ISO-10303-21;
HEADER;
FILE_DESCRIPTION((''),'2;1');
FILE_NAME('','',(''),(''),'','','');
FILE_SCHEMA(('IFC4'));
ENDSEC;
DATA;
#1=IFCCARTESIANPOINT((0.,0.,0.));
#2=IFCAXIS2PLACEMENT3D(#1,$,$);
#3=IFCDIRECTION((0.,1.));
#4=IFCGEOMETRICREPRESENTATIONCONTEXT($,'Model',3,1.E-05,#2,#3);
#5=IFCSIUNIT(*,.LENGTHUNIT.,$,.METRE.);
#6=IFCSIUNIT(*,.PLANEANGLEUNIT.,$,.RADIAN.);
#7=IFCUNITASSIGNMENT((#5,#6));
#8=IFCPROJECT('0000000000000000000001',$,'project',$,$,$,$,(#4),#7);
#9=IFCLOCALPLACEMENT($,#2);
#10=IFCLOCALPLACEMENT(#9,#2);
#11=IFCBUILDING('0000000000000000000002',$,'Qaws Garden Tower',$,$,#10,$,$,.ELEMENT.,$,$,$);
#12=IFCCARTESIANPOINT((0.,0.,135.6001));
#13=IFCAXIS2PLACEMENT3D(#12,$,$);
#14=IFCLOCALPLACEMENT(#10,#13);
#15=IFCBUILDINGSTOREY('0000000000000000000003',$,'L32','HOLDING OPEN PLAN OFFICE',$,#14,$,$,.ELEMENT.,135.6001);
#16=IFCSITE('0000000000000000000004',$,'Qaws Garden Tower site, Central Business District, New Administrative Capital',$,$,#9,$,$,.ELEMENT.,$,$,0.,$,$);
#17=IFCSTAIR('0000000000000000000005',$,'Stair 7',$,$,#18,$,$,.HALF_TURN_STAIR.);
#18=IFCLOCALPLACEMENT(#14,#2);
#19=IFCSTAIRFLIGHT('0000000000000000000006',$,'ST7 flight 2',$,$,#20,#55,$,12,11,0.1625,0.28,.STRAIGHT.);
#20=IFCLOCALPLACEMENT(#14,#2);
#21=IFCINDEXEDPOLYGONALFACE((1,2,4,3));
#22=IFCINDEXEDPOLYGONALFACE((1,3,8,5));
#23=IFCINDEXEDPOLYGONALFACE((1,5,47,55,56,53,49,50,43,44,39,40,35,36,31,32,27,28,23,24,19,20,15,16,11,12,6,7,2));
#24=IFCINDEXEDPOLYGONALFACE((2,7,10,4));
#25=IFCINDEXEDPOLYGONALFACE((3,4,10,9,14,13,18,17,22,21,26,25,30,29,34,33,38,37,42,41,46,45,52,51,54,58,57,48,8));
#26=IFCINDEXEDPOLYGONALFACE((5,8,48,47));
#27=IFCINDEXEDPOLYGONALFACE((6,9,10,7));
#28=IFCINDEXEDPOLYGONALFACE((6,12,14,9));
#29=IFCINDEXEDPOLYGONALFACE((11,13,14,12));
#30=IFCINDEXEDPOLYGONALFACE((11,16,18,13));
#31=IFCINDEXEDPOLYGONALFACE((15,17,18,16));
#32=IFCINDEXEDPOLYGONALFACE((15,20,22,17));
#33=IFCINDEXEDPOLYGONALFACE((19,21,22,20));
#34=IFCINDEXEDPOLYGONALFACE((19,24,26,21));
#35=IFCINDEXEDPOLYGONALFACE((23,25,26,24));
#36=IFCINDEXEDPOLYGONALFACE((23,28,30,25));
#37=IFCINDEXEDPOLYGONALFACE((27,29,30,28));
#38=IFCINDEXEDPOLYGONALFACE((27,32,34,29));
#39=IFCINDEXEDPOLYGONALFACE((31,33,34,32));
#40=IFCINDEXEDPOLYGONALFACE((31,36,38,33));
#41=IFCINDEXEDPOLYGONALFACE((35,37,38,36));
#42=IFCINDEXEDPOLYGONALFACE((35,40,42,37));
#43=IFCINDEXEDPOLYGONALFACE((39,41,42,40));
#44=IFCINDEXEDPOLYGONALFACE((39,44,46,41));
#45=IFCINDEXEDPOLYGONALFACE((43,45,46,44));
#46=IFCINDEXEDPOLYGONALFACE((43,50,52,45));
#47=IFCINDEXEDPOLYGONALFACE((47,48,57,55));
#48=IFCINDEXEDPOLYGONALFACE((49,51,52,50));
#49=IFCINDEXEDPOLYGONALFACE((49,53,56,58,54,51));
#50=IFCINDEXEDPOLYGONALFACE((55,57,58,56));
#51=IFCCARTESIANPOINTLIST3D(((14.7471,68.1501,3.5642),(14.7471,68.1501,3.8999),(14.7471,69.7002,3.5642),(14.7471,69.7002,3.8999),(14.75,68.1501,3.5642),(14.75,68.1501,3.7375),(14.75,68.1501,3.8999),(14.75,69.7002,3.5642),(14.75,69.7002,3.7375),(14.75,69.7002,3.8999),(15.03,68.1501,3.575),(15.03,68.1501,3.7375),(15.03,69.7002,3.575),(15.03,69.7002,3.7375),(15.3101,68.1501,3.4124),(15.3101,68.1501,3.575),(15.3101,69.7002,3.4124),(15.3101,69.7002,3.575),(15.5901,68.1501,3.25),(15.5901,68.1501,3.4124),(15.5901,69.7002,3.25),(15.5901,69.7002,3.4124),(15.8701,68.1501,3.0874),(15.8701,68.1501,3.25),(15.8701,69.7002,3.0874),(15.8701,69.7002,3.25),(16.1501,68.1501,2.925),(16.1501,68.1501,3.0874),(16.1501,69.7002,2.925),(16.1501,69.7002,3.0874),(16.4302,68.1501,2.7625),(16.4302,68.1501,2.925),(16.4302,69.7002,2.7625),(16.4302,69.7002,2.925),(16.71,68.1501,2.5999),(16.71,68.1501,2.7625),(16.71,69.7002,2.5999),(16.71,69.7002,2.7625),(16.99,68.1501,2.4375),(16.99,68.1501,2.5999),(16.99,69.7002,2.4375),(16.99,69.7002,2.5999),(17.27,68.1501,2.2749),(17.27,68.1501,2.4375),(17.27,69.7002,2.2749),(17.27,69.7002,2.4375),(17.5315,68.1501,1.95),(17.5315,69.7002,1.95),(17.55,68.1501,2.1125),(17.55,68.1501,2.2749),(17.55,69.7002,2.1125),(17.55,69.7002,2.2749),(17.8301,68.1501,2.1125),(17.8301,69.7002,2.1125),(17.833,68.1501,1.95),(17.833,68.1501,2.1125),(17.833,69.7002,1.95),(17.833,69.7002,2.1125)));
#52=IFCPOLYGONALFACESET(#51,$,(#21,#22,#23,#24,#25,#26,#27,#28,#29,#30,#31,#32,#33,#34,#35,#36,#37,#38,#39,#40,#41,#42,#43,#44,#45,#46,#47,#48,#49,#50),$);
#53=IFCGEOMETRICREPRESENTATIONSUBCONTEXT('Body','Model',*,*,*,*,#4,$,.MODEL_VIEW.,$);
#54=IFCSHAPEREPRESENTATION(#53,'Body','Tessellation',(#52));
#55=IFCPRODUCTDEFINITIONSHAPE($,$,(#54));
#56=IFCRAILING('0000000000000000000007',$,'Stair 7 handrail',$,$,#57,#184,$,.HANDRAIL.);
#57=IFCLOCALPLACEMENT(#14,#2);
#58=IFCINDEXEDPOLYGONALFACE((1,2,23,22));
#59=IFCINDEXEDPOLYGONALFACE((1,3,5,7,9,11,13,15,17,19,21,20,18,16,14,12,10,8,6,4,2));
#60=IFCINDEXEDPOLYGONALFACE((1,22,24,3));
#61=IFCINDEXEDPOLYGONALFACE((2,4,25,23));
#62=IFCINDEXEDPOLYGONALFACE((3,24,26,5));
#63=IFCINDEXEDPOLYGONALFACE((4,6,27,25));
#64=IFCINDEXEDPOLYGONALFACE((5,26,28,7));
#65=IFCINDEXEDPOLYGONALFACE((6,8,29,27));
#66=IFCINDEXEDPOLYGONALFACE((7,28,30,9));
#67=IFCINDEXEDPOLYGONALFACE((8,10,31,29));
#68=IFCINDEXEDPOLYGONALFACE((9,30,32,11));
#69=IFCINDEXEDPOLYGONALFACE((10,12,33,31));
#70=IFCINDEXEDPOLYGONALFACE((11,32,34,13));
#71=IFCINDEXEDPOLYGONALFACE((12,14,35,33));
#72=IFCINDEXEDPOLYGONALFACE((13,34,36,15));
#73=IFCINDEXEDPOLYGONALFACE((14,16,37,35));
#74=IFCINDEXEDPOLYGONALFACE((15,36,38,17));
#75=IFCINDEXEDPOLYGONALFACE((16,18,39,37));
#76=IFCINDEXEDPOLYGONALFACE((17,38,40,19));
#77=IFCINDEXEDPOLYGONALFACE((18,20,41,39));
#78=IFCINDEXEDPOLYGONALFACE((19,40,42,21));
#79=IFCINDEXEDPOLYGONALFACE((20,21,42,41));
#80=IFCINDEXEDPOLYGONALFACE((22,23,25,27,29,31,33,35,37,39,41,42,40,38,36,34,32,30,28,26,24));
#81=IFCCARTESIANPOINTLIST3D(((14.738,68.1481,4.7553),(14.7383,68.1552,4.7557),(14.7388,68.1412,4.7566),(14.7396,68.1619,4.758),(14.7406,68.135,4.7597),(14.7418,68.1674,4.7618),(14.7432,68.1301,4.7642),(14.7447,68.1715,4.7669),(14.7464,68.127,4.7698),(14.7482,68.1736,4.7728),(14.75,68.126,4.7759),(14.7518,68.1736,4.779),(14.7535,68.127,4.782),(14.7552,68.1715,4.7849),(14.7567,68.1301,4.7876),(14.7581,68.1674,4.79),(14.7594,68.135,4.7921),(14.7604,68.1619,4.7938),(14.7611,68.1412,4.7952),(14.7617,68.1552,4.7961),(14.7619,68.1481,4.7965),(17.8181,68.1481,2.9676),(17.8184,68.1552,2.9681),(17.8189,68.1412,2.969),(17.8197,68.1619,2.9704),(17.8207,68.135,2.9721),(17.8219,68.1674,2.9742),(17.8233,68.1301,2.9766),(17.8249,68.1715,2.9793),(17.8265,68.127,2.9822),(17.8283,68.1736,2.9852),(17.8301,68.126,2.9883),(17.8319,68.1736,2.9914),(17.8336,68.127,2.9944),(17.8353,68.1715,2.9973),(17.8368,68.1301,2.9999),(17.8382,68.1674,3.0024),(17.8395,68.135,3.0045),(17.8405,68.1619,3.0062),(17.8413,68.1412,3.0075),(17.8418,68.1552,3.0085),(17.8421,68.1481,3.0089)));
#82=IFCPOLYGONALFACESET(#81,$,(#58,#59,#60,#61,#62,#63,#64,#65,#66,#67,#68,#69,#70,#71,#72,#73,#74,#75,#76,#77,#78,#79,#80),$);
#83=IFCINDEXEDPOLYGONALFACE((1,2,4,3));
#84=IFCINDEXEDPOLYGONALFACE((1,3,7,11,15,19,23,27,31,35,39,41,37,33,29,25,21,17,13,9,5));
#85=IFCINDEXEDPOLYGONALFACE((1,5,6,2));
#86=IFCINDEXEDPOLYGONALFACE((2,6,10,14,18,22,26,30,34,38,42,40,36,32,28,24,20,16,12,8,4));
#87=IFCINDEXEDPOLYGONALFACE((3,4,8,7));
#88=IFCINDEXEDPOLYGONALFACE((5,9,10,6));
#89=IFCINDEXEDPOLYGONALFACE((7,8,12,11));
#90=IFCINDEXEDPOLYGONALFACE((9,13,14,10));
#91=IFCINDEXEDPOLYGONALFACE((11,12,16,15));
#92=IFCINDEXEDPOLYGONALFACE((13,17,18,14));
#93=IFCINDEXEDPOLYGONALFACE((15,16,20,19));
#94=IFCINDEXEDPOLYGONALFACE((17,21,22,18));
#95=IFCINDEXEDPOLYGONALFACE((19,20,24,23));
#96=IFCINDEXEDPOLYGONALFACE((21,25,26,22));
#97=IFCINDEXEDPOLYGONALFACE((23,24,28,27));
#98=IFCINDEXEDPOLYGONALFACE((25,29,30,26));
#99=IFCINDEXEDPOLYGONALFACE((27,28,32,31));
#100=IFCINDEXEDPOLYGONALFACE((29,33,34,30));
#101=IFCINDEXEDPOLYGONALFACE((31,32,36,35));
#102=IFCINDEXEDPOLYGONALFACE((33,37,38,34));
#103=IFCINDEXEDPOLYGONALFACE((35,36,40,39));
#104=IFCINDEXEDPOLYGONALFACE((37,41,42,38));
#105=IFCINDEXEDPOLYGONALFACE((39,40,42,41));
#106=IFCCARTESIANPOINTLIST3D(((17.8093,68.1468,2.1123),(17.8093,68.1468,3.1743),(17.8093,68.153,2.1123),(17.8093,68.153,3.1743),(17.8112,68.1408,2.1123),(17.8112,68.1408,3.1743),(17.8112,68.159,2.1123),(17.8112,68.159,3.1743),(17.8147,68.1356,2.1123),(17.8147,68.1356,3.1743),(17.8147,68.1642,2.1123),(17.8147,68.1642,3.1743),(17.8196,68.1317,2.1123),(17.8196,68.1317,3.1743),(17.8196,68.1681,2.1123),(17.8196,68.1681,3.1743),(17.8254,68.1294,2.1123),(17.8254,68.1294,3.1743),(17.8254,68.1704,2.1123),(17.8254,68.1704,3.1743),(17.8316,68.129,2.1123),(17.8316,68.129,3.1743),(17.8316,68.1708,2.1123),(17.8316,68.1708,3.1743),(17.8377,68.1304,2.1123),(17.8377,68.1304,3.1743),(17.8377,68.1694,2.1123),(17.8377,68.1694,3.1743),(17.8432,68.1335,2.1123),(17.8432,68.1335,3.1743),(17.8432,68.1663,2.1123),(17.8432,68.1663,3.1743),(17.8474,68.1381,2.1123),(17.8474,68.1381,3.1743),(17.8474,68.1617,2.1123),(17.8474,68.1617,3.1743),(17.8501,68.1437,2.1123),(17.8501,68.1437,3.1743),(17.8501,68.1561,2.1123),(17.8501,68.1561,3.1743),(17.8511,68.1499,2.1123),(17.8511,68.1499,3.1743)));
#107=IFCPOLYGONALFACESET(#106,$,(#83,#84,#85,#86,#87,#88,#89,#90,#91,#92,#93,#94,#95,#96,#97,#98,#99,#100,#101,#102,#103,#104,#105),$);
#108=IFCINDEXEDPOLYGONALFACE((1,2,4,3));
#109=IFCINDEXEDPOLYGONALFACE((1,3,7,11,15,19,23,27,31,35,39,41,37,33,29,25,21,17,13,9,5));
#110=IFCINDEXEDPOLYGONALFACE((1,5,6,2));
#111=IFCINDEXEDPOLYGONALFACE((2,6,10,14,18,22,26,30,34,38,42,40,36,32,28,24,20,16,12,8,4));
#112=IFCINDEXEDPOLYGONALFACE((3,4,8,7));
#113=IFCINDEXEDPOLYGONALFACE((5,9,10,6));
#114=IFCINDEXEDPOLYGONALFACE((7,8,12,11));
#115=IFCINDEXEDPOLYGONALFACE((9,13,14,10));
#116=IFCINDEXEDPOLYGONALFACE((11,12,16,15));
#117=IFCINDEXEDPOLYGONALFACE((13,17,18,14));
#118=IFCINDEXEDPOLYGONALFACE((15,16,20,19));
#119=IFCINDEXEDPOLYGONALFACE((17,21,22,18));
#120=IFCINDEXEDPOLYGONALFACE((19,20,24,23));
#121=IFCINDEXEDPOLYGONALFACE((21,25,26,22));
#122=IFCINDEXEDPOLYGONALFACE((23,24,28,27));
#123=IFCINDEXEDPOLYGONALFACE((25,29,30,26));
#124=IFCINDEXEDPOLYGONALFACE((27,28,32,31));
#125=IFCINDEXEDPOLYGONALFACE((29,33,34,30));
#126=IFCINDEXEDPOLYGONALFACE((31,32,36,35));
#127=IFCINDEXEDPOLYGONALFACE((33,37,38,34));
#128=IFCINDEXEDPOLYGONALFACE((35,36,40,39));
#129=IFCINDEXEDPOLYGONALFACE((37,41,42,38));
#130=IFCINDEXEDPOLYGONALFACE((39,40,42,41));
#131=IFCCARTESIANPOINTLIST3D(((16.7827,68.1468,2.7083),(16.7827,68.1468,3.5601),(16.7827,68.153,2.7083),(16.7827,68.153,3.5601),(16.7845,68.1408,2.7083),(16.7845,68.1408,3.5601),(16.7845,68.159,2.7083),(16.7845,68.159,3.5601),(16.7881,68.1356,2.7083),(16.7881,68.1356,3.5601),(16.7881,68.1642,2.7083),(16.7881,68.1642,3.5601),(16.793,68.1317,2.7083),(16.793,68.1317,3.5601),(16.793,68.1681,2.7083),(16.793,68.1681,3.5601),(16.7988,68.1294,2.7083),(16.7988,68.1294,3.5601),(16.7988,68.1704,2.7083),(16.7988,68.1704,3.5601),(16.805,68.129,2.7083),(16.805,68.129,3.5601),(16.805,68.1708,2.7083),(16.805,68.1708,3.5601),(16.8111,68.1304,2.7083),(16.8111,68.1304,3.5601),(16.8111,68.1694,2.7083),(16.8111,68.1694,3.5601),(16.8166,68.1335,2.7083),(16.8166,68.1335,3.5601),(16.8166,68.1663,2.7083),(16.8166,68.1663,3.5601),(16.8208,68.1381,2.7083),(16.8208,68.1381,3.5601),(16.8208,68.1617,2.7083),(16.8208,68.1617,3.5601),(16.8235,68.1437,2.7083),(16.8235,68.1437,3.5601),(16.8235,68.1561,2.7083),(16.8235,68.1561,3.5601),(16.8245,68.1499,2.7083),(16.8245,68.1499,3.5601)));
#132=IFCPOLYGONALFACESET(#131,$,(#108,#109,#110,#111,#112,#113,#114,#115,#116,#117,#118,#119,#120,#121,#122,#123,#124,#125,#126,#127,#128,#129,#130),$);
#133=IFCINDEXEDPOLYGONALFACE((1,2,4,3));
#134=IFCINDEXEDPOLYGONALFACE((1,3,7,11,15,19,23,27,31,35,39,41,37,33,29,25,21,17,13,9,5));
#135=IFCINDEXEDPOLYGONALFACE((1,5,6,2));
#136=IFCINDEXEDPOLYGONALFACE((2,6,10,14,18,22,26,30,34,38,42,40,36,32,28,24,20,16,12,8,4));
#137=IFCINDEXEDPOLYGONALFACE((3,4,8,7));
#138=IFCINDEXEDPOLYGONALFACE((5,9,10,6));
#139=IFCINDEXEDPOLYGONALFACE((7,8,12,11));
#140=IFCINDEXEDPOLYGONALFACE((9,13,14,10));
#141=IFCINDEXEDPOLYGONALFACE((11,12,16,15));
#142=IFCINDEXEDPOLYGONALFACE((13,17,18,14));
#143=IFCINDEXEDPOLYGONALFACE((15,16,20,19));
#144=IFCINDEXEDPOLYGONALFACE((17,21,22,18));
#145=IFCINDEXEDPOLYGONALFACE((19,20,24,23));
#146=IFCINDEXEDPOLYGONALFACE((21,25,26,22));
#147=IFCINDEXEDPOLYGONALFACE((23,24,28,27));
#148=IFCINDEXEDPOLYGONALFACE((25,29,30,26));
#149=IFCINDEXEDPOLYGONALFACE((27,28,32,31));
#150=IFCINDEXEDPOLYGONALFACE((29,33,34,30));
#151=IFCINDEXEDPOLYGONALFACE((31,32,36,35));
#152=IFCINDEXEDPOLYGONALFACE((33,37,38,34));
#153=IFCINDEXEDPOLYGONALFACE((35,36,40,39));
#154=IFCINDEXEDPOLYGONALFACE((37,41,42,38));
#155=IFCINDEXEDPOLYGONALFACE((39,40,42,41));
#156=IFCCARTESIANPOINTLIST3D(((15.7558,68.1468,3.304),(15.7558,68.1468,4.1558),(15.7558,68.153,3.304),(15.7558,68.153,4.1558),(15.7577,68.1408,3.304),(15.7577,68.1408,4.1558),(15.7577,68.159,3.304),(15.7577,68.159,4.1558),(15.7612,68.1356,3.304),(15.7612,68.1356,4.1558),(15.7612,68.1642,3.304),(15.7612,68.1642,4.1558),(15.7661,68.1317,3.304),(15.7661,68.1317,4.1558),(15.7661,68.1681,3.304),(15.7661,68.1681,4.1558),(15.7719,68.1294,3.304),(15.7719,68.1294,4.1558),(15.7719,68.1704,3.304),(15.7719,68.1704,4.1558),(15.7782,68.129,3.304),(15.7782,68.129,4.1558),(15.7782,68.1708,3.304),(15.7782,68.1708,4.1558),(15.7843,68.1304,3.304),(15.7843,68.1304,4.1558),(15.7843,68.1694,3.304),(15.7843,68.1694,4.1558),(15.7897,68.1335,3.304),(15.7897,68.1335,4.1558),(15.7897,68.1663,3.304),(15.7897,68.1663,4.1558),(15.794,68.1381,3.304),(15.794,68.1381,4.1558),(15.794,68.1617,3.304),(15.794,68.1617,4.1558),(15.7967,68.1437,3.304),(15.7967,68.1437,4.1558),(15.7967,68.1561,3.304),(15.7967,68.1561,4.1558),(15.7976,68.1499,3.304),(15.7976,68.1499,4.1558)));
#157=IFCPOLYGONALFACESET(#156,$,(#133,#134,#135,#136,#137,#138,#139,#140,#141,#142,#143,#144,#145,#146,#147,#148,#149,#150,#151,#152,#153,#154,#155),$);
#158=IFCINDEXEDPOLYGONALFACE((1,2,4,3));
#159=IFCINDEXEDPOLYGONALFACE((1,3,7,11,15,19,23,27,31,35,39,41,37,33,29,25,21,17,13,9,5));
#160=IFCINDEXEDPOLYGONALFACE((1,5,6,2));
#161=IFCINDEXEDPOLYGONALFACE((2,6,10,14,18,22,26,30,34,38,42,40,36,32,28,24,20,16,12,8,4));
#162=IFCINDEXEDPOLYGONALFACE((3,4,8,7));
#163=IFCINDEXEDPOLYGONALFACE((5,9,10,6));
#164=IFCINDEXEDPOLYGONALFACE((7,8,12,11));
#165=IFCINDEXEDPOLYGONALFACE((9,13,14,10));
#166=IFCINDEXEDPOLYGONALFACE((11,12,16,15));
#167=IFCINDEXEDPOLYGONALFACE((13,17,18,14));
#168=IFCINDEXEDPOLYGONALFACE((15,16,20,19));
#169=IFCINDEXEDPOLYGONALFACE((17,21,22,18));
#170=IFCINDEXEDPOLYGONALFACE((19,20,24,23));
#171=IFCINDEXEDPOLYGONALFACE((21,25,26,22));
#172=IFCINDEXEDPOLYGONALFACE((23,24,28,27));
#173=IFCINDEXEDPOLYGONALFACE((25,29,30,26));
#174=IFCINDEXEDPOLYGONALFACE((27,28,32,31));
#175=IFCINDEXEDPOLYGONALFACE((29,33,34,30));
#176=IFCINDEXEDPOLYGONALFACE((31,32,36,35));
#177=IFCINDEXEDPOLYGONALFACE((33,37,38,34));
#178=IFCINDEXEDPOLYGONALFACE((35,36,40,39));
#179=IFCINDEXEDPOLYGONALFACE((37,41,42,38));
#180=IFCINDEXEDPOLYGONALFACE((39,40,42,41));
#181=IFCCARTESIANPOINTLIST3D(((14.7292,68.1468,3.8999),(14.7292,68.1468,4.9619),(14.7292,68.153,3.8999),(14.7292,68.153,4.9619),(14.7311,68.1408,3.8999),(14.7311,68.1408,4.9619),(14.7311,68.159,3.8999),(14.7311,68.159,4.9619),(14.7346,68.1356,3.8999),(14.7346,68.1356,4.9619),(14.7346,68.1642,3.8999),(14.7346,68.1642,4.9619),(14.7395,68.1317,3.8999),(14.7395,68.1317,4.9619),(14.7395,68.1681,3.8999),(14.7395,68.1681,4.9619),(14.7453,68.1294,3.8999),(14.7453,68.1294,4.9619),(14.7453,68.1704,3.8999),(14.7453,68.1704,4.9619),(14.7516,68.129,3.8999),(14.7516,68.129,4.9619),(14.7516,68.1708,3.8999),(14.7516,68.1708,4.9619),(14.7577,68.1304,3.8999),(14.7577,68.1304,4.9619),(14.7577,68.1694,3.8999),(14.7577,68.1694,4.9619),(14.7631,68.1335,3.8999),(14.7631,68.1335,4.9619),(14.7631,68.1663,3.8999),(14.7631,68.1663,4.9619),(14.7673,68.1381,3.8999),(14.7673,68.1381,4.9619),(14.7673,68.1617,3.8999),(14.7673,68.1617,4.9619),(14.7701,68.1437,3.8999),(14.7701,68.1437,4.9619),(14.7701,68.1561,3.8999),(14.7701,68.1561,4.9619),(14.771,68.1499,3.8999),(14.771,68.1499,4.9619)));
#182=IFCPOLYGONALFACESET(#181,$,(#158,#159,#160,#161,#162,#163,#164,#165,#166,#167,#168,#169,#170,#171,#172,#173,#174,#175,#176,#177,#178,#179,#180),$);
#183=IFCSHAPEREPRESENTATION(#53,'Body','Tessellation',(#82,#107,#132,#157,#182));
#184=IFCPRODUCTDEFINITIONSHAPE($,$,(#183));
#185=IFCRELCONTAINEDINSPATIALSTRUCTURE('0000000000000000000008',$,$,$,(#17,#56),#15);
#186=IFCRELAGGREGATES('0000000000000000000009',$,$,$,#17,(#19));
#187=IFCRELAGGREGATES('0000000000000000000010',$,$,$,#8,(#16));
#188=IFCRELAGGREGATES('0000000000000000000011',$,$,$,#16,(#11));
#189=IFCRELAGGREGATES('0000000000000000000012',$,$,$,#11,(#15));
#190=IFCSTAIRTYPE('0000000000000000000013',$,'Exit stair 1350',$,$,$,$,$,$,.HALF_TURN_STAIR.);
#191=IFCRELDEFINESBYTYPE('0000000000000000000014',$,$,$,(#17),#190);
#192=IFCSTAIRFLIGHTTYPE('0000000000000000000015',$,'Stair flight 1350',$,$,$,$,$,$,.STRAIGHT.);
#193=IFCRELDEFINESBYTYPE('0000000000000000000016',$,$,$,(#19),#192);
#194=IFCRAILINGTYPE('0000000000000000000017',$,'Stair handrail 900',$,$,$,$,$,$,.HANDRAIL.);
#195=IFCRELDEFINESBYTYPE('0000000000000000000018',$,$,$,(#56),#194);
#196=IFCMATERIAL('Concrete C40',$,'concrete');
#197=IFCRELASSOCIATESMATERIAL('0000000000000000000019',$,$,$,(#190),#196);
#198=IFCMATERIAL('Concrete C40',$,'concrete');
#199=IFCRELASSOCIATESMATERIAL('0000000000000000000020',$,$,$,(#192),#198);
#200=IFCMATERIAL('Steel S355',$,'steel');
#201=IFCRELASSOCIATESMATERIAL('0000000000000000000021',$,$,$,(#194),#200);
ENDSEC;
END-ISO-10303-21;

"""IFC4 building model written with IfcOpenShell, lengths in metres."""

from ifc_helpers import new_model, si_unit, direction, frame, origin, origin_2d, place, context, subcontext, project, spatial, polyline, circle, outline, extrude, material, type_object, element, aggregate, save


model = new_model("IFC4")

# Units and contexts
model_context = context("Model", 3, precision=1e-05, world=origin(), true_north=direction((0.0, 1.0)))
body_context = subcontext(model_context, "Body", "Model", "MODEL_VIEW")
ifc_project = project(units=[si_unit("LENGTHUNIT", "METRE"), si_unit("PLANEANGLEUNIT", "RADIAN")], contexts=[model_context])

# Site, building, storey
site_placement = place(None, origin())
site = spatial("IfcSite", under=ifc_project, at=site_placement, Name="Qaws Garden Tower site, Central Business District, New Administrative Capital", CompositionType="ELEMENT", RefElevation=0.0)
building_placement = place(site_placement, origin())
building = spatial("IfcBuilding", under=site, at=building_placement, Name="Qaws Garden Tower", CompositionType="ELEMENT")
storey_placement = place(building_placement, frame((0.0, 0.0, 135.6001)))
storey = spatial("IfcBuildingStorey", under=building, at=storey_placement, Name="L32", Description="HOLDING OPEN PLAN OFFICE", CompositionType="ELEMENT", Elevation=135.6001)

# Stair, stair flight
ifc_material_1 = material(Name="Concrete C40", Category="concrete")
stair_type = type_object("IfcStairType", Name="Exit stair 1350", PredefinedType="HALF_TURN_STAIR", material=ifc_material_1)
stair_placement = place(storey_placement, origin())
stair = element("IfcStair", 1, at=stair_placement, inside=storey, type_object=stair_type, Name="Stair 7", PredefinedType="HALF_TURN_STAIR")
ifc_material_2 = material(Name="Concrete C40", Category="concrete")
stair_flight_type = type_object("IfcStairFlightType", Name="Stair flight 1350", PredefinedType="STRAIGHT", material=ifc_material_2)
stair_flight_placement = place(storey_placement, frame((17.8301, 68.925, 1.95), z_axis=(0.0, 0.0, 1.0), x_axis=(-1.0, 0.0, 0.0)))
stair_flight = element("IfcStairFlight", 2, at=stair_flight_placement, type_object=stair_flight_type, Name="ST7 flight 2", NumberOfRisers=12, NumberOfTreads=11, PredefinedType="STRAIGHT", RiserHeight=0.1625, TreadLength=0.28, context=body_context, shape_type="SweptSolid", body=[
    extrude(outline(polyline([(-0.0029, 0.0), (-0.0029, 0.1626), (0.0, 0.1626), (0.28, 0.1626), (0.28, 0.325), (0.5601, 0.325), (0.5601, 0.4875), (0.8401, 0.4875), (0.8401, 0.6499), (1.1201, 0.6499), (1.1201, 0.8125), (1.3999, 0.8125), (1.3999, 0.9751), (1.6799, 0.9751), (1.6799, 1.1375), (1.96, 1.1375), (1.96, 1.3), (2.24, 1.3), (2.24, 1.4624), (2.52, 1.4624), (2.52, 1.625), (2.8, 1.625), (2.8, 1.7876), (3.0801, 1.7876), (3.0801, 1.95), (3.083, 1.95), (3.083, 1.6143), (3.0801, 1.6143), (0.2986, 0.0), (-0.0029, 0.0)])), frame((0.0, 0.7749, 0.0), z_axis=(0.0, -1.0, 0.0), x_axis=(1.0, 0.0, 0.0)), (0.0, 0.0, 1.0), 1.55),
])
aggregate(stair, [stair_flight])

# Railing
ifc_material_3 = material(Name="Steel S355", Category="steel")
railing_type = type_object("IfcRailingType", Name="Stair handrail 900", PredefinedType="HANDRAIL", material=ifc_material_3)
railing_placement = place(storey_placement, frame((17.8301, 68.1499, 2.1123)))
element("IfcRailing", 3, at=railing_placement, inside=storey, type_object=railing_type, Name="Stair 7 handrail", PredefinedType="HANDRAIL", context=body_context, shape_type="SweptSolid", body=[
    extrude(circle(Radius=0.0239, at=origin_2d()), frame((0.0, 0.0, 0.876), z_axis=(-0.864891, 0.0, 0.50196), x_axis=(0.0, -1.0, 0.0)), (0.0, 0.0, 1.0), 3.5613),
    extrude(circle(Radius=0.021, at=origin_2d()), origin(), (0.0, 0.0, 1.0), 1.062),
    extrude(circle(Radius=0.021, at=origin_2d()), frame((-1.0266, 0.0, 0.5959)), (0.0, 0.0, 1.0), 0.8518),
    extrude(circle(Radius=0.021, at=origin_2d()), frame((-2.0535, 0.0, 1.1917)), (0.0, 0.0, 1.0), 0.8518),
    extrude(circle(Radius=0.021, at=origin_2d()), frame((-3.0801, 0.0, 1.7876)), (0.0, 0.0, 1.0), 1.062),
])

save(model, "model.ifc")
